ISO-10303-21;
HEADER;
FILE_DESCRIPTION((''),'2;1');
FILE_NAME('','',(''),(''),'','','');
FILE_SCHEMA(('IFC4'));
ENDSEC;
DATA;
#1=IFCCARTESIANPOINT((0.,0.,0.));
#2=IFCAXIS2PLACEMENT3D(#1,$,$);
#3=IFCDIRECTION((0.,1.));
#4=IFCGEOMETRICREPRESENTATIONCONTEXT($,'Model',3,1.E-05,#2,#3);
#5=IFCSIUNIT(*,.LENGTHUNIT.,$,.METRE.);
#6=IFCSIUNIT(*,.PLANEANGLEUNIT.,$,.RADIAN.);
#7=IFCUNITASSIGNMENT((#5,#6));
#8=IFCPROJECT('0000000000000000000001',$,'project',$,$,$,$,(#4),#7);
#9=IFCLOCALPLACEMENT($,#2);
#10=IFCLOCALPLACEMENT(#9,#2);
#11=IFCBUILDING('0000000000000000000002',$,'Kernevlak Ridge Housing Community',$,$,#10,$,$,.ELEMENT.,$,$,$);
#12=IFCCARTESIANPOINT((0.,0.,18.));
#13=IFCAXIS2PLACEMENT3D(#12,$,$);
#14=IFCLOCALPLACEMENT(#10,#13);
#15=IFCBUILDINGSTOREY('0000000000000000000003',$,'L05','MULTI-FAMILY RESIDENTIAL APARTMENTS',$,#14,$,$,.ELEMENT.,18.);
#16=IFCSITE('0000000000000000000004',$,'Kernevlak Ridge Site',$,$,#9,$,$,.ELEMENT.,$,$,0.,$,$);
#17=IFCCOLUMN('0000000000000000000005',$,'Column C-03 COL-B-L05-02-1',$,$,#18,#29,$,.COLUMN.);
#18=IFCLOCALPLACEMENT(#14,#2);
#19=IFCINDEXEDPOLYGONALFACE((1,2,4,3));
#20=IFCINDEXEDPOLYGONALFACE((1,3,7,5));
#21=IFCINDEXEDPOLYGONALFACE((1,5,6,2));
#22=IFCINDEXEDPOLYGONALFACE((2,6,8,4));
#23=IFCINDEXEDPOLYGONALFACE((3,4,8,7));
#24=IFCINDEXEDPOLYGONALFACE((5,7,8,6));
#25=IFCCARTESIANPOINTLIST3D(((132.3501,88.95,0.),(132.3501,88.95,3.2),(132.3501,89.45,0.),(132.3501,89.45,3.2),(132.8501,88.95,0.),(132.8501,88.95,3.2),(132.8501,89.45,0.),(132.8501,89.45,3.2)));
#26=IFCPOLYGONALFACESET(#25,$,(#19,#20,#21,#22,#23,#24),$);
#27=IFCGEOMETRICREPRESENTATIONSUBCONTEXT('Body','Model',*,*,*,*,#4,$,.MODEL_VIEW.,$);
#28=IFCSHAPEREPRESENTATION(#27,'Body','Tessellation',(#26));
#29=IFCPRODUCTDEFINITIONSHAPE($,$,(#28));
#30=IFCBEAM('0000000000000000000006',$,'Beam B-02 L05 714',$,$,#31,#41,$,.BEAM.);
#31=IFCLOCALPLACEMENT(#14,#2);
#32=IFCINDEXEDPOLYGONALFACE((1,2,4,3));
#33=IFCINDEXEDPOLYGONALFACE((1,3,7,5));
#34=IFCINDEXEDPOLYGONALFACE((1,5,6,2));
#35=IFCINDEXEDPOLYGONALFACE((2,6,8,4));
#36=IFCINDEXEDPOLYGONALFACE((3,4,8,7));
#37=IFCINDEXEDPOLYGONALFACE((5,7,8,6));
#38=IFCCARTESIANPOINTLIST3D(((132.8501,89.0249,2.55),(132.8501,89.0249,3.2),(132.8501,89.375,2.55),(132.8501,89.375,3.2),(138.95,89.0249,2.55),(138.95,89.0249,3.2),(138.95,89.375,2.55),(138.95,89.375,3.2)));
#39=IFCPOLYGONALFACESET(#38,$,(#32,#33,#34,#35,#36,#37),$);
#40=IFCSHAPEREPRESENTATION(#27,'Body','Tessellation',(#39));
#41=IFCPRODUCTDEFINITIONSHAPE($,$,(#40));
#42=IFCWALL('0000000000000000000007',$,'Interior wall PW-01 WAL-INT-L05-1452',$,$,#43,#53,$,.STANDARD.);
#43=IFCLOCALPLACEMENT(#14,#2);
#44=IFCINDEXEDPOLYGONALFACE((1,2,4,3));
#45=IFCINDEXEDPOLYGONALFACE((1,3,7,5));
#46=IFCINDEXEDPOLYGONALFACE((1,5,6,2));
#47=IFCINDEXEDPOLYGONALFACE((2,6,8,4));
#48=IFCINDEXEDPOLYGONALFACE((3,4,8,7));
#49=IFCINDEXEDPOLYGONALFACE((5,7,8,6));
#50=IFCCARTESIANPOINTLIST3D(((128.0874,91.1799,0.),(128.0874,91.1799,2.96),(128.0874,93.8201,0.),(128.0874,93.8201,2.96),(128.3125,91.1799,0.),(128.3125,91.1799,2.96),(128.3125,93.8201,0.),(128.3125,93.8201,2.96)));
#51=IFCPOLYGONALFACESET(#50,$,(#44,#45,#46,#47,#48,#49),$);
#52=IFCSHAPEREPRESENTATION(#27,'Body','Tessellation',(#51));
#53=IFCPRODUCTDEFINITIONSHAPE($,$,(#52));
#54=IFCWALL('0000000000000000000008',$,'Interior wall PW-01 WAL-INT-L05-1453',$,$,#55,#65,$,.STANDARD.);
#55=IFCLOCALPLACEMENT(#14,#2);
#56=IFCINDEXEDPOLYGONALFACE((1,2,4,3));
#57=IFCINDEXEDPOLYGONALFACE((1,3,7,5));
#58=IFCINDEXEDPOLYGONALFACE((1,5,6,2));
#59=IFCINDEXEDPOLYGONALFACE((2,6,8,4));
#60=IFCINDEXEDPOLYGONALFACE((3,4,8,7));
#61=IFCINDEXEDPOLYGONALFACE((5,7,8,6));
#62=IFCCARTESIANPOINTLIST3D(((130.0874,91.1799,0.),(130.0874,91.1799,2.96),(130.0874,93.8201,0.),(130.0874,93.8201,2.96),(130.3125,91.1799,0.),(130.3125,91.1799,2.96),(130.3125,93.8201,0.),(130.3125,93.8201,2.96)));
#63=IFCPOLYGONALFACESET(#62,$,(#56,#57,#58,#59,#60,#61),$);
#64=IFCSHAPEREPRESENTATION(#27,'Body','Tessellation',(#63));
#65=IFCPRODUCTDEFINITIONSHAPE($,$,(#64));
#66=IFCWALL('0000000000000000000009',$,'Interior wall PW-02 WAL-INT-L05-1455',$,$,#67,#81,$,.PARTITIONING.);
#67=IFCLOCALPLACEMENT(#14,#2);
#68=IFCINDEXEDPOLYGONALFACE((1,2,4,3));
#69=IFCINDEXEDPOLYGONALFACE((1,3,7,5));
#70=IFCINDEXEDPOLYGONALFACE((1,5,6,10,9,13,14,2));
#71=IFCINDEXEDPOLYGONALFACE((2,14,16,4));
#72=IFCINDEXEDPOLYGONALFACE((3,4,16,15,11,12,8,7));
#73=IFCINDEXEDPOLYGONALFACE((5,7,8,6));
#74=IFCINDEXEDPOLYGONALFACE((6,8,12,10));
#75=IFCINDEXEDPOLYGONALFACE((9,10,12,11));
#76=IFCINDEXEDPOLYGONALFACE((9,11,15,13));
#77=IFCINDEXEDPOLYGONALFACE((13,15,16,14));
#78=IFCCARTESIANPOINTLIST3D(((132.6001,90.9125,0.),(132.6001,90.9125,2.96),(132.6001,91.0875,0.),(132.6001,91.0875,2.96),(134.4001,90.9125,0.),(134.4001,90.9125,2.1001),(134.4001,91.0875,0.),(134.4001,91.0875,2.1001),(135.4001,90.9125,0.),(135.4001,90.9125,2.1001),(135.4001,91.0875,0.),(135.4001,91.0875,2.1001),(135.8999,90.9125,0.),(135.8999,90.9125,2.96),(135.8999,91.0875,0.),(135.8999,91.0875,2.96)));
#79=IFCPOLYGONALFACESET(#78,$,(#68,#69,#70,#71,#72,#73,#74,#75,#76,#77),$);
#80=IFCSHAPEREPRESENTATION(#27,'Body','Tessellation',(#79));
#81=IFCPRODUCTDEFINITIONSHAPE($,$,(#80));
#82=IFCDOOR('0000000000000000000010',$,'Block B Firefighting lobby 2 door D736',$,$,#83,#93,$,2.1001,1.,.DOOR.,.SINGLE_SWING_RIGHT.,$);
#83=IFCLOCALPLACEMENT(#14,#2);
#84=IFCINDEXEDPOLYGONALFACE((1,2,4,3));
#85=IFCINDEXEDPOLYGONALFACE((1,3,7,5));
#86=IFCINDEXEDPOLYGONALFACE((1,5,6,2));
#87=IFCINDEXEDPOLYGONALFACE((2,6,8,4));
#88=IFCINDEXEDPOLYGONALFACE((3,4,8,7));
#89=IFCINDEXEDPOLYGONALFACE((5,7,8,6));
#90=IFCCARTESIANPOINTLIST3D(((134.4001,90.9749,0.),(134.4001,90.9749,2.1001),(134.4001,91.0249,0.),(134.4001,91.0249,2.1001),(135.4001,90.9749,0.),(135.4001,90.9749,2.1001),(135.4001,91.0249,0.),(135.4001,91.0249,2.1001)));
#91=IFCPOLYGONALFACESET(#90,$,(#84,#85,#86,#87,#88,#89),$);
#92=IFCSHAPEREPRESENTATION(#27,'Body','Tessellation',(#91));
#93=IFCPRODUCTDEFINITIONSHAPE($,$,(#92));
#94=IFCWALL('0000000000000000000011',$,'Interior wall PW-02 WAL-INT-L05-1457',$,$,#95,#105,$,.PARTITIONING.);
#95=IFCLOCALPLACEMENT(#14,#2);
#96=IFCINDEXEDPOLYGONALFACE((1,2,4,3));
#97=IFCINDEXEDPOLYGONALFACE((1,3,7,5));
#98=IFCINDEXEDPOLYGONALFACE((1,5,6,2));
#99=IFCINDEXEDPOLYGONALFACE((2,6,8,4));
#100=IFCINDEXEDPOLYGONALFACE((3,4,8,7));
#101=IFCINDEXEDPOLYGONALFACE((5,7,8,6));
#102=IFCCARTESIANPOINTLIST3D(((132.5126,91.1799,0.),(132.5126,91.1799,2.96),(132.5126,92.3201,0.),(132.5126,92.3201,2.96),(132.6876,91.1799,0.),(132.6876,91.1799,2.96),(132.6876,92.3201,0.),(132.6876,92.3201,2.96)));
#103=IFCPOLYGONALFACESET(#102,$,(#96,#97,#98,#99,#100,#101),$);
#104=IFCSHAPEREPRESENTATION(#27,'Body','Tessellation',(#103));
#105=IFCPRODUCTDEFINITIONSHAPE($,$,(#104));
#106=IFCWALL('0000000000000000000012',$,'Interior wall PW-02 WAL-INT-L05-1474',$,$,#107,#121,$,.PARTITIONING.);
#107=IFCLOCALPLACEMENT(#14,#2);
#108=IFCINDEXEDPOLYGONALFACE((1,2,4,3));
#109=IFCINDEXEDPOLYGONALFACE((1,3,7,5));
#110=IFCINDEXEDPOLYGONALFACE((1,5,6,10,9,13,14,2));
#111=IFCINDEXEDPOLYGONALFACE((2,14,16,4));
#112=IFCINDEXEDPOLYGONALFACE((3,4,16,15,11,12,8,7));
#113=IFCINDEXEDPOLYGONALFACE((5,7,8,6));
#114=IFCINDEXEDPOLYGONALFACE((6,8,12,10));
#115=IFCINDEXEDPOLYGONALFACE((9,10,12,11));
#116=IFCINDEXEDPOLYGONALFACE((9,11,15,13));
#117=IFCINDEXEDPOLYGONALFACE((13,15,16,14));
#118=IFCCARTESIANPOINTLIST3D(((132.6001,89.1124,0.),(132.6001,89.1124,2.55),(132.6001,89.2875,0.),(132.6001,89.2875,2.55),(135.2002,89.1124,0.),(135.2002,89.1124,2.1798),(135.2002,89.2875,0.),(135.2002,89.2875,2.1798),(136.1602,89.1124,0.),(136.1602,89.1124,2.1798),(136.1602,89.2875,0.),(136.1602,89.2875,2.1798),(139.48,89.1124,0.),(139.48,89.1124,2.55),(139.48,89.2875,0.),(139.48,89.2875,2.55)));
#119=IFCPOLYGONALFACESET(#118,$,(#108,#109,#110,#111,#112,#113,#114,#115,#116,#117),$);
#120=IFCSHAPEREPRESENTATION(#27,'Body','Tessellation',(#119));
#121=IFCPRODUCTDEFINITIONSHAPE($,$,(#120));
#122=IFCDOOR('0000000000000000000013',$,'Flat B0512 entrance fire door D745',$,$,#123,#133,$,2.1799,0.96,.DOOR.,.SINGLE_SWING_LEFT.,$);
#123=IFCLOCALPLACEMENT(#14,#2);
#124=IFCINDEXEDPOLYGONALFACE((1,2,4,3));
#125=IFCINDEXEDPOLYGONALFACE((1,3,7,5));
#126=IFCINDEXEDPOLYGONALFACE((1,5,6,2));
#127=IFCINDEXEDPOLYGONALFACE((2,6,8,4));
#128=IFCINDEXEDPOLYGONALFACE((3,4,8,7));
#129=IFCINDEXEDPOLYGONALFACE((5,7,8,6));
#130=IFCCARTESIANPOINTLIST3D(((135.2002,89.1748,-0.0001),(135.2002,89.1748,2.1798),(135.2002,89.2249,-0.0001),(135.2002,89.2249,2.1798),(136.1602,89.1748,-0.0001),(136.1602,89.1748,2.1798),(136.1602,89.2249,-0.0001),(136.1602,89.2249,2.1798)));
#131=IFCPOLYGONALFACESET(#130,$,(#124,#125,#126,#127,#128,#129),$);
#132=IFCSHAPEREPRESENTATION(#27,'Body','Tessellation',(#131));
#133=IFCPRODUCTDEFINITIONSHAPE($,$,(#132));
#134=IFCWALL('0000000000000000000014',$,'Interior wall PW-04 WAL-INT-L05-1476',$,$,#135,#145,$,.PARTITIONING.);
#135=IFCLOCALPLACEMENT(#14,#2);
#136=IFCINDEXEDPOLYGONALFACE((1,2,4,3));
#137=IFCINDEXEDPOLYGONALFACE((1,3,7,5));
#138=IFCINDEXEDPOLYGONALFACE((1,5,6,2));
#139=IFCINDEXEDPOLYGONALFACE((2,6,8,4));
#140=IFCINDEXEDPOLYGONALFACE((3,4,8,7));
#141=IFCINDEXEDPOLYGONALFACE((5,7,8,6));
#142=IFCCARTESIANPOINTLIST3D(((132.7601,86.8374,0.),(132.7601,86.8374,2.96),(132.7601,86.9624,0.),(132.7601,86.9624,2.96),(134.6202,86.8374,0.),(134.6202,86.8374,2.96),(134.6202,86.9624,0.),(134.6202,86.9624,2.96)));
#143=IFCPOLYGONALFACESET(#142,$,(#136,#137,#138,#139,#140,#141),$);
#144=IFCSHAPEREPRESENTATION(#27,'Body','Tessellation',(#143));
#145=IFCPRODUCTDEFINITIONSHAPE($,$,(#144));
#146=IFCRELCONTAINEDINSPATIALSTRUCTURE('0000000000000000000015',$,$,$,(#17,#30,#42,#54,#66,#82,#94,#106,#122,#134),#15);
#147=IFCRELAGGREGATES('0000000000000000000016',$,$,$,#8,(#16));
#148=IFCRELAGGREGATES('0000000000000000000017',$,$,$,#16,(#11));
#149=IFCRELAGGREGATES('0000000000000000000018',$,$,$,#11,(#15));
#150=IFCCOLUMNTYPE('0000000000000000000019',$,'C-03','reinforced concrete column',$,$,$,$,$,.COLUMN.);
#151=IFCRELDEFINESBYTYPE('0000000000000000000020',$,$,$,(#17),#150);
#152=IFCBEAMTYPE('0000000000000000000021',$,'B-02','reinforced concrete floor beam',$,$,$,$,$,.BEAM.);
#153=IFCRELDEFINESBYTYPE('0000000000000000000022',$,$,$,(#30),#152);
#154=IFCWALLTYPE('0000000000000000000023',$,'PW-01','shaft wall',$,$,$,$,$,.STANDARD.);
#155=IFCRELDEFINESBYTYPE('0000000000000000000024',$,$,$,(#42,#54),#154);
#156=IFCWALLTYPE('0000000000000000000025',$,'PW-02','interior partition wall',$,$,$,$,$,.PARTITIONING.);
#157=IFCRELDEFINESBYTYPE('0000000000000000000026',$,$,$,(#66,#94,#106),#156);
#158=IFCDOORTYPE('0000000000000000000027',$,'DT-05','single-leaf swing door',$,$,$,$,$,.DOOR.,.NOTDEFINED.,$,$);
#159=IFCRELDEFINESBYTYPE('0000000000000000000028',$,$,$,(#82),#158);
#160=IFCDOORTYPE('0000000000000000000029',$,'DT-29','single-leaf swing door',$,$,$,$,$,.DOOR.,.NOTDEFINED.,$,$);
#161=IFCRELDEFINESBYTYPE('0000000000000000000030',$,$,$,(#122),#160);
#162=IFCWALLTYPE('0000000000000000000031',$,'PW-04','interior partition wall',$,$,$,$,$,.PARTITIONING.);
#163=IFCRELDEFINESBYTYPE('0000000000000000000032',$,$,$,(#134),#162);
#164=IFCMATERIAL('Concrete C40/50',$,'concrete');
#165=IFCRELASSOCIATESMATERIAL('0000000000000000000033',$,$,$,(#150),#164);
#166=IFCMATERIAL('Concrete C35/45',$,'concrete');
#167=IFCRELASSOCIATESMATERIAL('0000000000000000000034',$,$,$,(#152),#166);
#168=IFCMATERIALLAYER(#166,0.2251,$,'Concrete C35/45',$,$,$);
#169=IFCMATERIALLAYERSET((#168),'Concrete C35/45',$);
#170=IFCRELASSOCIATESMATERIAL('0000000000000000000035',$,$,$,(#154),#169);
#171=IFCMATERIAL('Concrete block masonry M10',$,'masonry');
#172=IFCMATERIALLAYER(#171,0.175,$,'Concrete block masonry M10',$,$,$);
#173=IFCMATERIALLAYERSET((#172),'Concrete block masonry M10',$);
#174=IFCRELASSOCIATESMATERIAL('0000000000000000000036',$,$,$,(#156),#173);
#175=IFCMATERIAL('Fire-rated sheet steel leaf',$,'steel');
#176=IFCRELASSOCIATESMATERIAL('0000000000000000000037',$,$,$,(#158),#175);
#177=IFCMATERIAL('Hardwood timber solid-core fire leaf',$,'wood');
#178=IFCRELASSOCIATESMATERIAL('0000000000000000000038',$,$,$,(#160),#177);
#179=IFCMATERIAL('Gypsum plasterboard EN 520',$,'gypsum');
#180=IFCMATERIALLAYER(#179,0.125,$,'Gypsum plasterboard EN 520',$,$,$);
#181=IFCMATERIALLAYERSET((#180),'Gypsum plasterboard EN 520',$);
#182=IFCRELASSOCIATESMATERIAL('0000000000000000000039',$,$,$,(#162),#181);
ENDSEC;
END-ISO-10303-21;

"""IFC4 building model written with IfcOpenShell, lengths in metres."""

from ifc_helpers import new_model, si_unit, direction, frame, frame_2d, origin, origin_2d, place, context, subcontext, project, spatial, rectangle, extrude, material, layer, layer_set, material_profile, profile_set, type_object, element, fill, save


model = new_model("IFC4")

# Units and contexts
model_context = context("Model", 3, precision=1e-05, world=origin(), true_north=direction((0.0, 1.0)))
body_context = subcontext(model_context, "Body", "Model", "MODEL_VIEW")
ifc_project = project(units=[si_unit("LENGTHUNIT", "METRE"), si_unit("PLANEANGLEUNIT", "RADIAN")], contexts=[model_context])

# Site, building, storey
site_placement = place(None, origin())
site = spatial("IfcSite", under=ifc_project, at=site_placement, Name="Kernevlak Ridge Site", CompositionType="ELEMENT", RefElevation=0.0)
building_placement = place(site_placement, origin())
building = spatial("IfcBuilding", under=site, at=building_placement, Name="Kernevlak Ridge Housing Community", CompositionType="ELEMENT")
storey_placement = place(building_placement, frame((0.0, 0.0, 18.0)))
storey = spatial("IfcBuildingStorey", under=building, at=storey_placement, Name="L05", Description="MULTI-FAMILY RESIDENTIAL APARTMENTS", CompositionType="ELEMENT", Elevation=18.0)

# Column
ifc_material_1 = material(Name="Concrete C40/50", Category="concrete")
ifc_material_profile_1 = material_profile(ifc_material_1, rectangle(XDim=0.5, YDim=0.5, at=origin_2d()), Name="RC 500x500")
ifc_profile_set_1 = profile_set([ifc_material_profile_1], Name="Concrete C40/50")
column_type = type_object("IfcColumnType", Name="C-03", Description="reinforced concrete column", PredefinedType="COLUMN", material=ifc_profile_set_1)
column_placement = place(storey_placement, frame((132.6001, 89.2, 0.0), z_axis=(0.0, 0.0, 1.0), x_axis=(1.0, 0.0, 0.0)))
element("IfcColumn", 1, at=column_placement, inside=storey, type_object=column_type, Name="Column C-03 COL-B-L05-02-1", PredefinedType="COLUMN", context=body_context, shape_type="SweptSolid", body=[
    extrude(rectangle(XDim=0.5, YDim=0.5, at=origin_2d()), origin(), (0.0, 0.0, 1.0), 3.2),
])

# Beam
ifc_material_2 = material(Name="Concrete C35/45", Category="concrete")
ifc_material_profile_2 = material_profile(ifc_material_2, rectangle(XDim=0.3501, YDim=0.6499, at=origin_2d()), Name="RC 350x650")
ifc_profile_set_2 = profile_set([ifc_material_profile_2], Name="Concrete C35/45")
beam_type = type_object("IfcBeamType", Name="B-02", Description="reinforced concrete floor beam", PredefinedType="BEAM", material=ifc_profile_set_2)
beam_placement = place(storey_placement, frame((132.8501, 89.2, 2.875), z_axis=(1.0, 0.0, 0.0), x_axis=(0.0, 1.0, 0.0)))
element("IfcBeam", 2, at=beam_placement, inside=storey, type_object=beam_type, Name="Beam B-02 L05 714", PredefinedType="BEAM", context=body_context, shape_type="SweptSolid", body=[
    extrude(rectangle(XDim=0.3501, YDim=0.6499, at=origin_2d()), origin(), (0.0, 0.0, 1.0), 6.0999),
])

# Walls
ifc_layer_1 = layer(ifc_material_2, 0.2251, Name="Concrete C35/45")
ifc_layer_set_1 = layer_set([ifc_layer_1], Name="Concrete C35/45")
wall_type_1 = type_object("IfcWallType", Name="PW-01", Description="shaft wall", PredefinedType="STANDARD", material=ifc_layer_set_1)
for number, where, z_axis, x_axis, name in (
    (3, (128.2, 91.1799, 0.0), (0.0, 0.0, 1.0), (0.0, 1.0, 0.0), "Interior wall PW-01 WAL-INT-L05-1452"),
    (4, (130.2, 91.1799, 0.0), (0.0, 0.0, 1.0), (0.0, 1.0, 0.0), "Interior wall PW-01 WAL-INT-L05-1453"),
):
    element("IfcWall", number, at=place(storey_placement, frame(where, z_axis=z_axis, x_axis=x_axis)), inside=storey, type_object=wall_type_1, Name=name, PredefinedType="STANDARD", context=body_context, shape_type="SweptSolid", body=[
        extrude(rectangle(XDim=2.6401, YDim=0.2251, at=frame_2d((1.3201, 0.0))), origin(), (0.0, 0.0, 1.0), 2.96),
    ])

# Wall, opening, door
ifc_material_3 = material(Name="Fire-rated sheet steel leaf", Category="steel")
ifc_material_4 = material(Name="Concrete block masonry M10", Category="masonry")
ifc_layer_2 = layer(ifc_material_4, 0.175, Name="Concrete block masonry M10")
ifc_layer_set_2 = layer_set([ifc_layer_2], Name="Concrete block masonry M10")
wall_type_2 = type_object("IfcWallType", Name="PW-02", Description="interior partition wall", PredefinedType="PARTITIONING", material=ifc_layer_set_2)
wall_1_placement = place(storey_placement, frame((132.6001, 91.0, 0.0), z_axis=(0.0, 0.0, 1.0), x_axis=(1.0, 0.0, 0.0)))
wall_1 = element("IfcWall", 5, at=wall_1_placement, inside=storey, type_object=wall_type_2, Name="Interior wall PW-02 WAL-INT-L05-1455", PredefinedType="PARTITIONING", context=body_context, shape_type="SweptSolid", body=[
    extrude(rectangle(XDim=3.2998, YDim=0.175, at=frame_2d((1.6499, 0.0))), origin(), (0.0, 0.0, 1.0), 2.96),
])
opening_1_placement = place(wall_1_placement, frame((1.8, 0.0, 0.0)))
opening_1 = element("IfcOpeningElement", 6, at=opening_1_placement, cuts=wall_1, PredefinedType="OPENING", context=body_context, shape_type="SweptSolid", body=[
    extrude(rectangle(XDim=1.0, YDim=2.1001, at=frame_2d((0.5, 1.05))), frame((0.0, 0.0974, 0.0), z_axis=(0.0, -1.0, 0.0), x_axis=(1.0, 0.0, 0.0)), (0.0, 0.0, 1.0), 0.1951),
])
door_type_1 = type_object("IfcDoorType", Name="DT-05", Description="single-leaf swing door", OperationType="NOTDEFINED", PredefinedType="DOOR", material=ifc_material_3)
door_1_placement = place(opening_1_placement, origin())
door_1 = element("IfcDoor", 7, at=door_1_placement, inside=storey, type_object=door_type_1, Name="Block B Firefighting lobby 2 door D736", OperationType="SINGLE_SWING_RIGHT", OverallHeight=2.1001, OverallWidth=1.0, PredefinedType="DOOR", context=body_context, shape_type="SweptSolid", body=[
    extrude(rectangle(XDim=1.0, YDim=2.1001, at=frame_2d((0.5, 1.05))), frame((0.0, 0.0249, 0.0), z_axis=(0.0, -1.0, 0.0), x_axis=(1.0, 0.0, 0.0)), (0.0, 0.0, 1.0), 0.05),
])
fill(opening_1, door_1)

# Wall
wall_2_placement = place(storey_placement, frame((132.6001, 91.1799, 0.0), z_axis=(0.0, 0.0, 1.0), x_axis=(0.0, 1.0, 0.0)))
element("IfcWall", 8, at=wall_2_placement, inside=storey, type_object=wall_type_2, Name="Interior wall PW-02 WAL-INT-L05-1457", PredefinedType="PARTITIONING", context=body_context, shape_type="SweptSolid", body=[
    extrude(rectangle(XDim=1.1401, YDim=0.175, at=frame_2d((0.5701, 0.0))), origin(), (0.0, 0.0, 1.0), 2.96),
])

# Wall, opening, door
wall_3_placement = place(storey_placement, frame((132.6001, 89.2, 0.0), z_axis=(0.0, 0.0, 1.0), x_axis=(1.0, 0.0, 0.0)))
wall_3 = element("IfcWall", 9, at=wall_3_placement, inside=storey, type_object=wall_type_2, Name="Interior wall PW-02 WAL-INT-L05-1474", PredefinedType="PARTITIONING", context=body_context, shape_type="SweptSolid", body=[
    extrude(rectangle(XDim=6.8799, YDim=0.175, at=frame_2d((3.4399, 0.0))), origin(), (0.0, 0.0, 1.0), 2.55),
])
opening_2_placement = place(wall_3_placement, frame((2.6001, 0.0, 0.0)))
opening_2 = element("IfcOpeningElement", 10, at=opening_2_placement, cuts=wall_3, PredefinedType="OPENING", context=body_context, shape_type="SweptSolid", body=[
    extrude(rectangle(XDim=0.96, YDim=2.1799, at=frame_2d((0.48, 1.0898))), frame((0.0, 0.0974, 0.0), z_axis=(0.0, -1.0, 0.0), x_axis=(1.0, 0.0, 0.0)), (0.0, 0.0, 1.0), 0.1951),
])
ifc_material_5 = material(Name="Hardwood timber solid-core fire leaf", Category="wood")
door_type_2 = type_object("IfcDoorType", Name="DT-29", Description="single-leaf swing door", OperationType="NOTDEFINED", PredefinedType="DOOR", material=ifc_material_5)
door_2_placement = place(opening_2_placement, origin())
door_2 = element("IfcDoor", 11, at=door_2_placement, inside=storey, type_object=door_type_2, Name="Flat B0512 entrance fire door D745", OperationType="SINGLE_SWING_LEFT", OverallHeight=2.1799, OverallWidth=0.96, PredefinedType="DOOR", context=body_context, shape_type="SweptSolid", body=[
    extrude(rectangle(XDim=0.96, YDim=2.1799, at=frame_2d((0.48, 1.0898))), frame((0.0, 0.0249, 0.0), z_axis=(0.0, -1.0, 0.0), x_axis=(1.0, 0.0, 0.0)), (0.0, 0.0, 1.0), 0.05),
])
fill(opening_2, door_2)

# Wall
ifc_material_6 = material(Name="Gypsum plasterboard EN 520", Category="gypsum")
ifc_layer_3 = layer(ifc_material_6, 0.125, Name="Gypsum plasterboard EN 520")
ifc_layer_set_3 = layer_set([ifc_layer_3], Name="Gypsum plasterboard EN 520")
wall_type_3 = type_object("IfcWallType", Name="PW-04", Description="interior partition wall", PredefinedType="PARTITIONING", material=ifc_layer_set_3)
wall_4_placement = place(storey_placement, frame((132.76, 86.8999, 0.0), z_axis=(0.0, 0.0, 1.0), x_axis=(1.0, 0.0, 0.0)))
element("IfcWall", 12, at=wall_4_placement, inside=storey, type_object=wall_type_3, Name="Interior wall PW-04 WAL-INT-L05-1476", PredefinedType="PARTITIONING", context=body_context, shape_type="SweptSolid", body=[
    extrude(rectangle(XDim=1.8601, YDim=0.125, at=frame_2d((0.9302, 0.0))), origin(), (0.0, 0.0, 1.0), 2.96),
])

save(model, "model.ifc")
